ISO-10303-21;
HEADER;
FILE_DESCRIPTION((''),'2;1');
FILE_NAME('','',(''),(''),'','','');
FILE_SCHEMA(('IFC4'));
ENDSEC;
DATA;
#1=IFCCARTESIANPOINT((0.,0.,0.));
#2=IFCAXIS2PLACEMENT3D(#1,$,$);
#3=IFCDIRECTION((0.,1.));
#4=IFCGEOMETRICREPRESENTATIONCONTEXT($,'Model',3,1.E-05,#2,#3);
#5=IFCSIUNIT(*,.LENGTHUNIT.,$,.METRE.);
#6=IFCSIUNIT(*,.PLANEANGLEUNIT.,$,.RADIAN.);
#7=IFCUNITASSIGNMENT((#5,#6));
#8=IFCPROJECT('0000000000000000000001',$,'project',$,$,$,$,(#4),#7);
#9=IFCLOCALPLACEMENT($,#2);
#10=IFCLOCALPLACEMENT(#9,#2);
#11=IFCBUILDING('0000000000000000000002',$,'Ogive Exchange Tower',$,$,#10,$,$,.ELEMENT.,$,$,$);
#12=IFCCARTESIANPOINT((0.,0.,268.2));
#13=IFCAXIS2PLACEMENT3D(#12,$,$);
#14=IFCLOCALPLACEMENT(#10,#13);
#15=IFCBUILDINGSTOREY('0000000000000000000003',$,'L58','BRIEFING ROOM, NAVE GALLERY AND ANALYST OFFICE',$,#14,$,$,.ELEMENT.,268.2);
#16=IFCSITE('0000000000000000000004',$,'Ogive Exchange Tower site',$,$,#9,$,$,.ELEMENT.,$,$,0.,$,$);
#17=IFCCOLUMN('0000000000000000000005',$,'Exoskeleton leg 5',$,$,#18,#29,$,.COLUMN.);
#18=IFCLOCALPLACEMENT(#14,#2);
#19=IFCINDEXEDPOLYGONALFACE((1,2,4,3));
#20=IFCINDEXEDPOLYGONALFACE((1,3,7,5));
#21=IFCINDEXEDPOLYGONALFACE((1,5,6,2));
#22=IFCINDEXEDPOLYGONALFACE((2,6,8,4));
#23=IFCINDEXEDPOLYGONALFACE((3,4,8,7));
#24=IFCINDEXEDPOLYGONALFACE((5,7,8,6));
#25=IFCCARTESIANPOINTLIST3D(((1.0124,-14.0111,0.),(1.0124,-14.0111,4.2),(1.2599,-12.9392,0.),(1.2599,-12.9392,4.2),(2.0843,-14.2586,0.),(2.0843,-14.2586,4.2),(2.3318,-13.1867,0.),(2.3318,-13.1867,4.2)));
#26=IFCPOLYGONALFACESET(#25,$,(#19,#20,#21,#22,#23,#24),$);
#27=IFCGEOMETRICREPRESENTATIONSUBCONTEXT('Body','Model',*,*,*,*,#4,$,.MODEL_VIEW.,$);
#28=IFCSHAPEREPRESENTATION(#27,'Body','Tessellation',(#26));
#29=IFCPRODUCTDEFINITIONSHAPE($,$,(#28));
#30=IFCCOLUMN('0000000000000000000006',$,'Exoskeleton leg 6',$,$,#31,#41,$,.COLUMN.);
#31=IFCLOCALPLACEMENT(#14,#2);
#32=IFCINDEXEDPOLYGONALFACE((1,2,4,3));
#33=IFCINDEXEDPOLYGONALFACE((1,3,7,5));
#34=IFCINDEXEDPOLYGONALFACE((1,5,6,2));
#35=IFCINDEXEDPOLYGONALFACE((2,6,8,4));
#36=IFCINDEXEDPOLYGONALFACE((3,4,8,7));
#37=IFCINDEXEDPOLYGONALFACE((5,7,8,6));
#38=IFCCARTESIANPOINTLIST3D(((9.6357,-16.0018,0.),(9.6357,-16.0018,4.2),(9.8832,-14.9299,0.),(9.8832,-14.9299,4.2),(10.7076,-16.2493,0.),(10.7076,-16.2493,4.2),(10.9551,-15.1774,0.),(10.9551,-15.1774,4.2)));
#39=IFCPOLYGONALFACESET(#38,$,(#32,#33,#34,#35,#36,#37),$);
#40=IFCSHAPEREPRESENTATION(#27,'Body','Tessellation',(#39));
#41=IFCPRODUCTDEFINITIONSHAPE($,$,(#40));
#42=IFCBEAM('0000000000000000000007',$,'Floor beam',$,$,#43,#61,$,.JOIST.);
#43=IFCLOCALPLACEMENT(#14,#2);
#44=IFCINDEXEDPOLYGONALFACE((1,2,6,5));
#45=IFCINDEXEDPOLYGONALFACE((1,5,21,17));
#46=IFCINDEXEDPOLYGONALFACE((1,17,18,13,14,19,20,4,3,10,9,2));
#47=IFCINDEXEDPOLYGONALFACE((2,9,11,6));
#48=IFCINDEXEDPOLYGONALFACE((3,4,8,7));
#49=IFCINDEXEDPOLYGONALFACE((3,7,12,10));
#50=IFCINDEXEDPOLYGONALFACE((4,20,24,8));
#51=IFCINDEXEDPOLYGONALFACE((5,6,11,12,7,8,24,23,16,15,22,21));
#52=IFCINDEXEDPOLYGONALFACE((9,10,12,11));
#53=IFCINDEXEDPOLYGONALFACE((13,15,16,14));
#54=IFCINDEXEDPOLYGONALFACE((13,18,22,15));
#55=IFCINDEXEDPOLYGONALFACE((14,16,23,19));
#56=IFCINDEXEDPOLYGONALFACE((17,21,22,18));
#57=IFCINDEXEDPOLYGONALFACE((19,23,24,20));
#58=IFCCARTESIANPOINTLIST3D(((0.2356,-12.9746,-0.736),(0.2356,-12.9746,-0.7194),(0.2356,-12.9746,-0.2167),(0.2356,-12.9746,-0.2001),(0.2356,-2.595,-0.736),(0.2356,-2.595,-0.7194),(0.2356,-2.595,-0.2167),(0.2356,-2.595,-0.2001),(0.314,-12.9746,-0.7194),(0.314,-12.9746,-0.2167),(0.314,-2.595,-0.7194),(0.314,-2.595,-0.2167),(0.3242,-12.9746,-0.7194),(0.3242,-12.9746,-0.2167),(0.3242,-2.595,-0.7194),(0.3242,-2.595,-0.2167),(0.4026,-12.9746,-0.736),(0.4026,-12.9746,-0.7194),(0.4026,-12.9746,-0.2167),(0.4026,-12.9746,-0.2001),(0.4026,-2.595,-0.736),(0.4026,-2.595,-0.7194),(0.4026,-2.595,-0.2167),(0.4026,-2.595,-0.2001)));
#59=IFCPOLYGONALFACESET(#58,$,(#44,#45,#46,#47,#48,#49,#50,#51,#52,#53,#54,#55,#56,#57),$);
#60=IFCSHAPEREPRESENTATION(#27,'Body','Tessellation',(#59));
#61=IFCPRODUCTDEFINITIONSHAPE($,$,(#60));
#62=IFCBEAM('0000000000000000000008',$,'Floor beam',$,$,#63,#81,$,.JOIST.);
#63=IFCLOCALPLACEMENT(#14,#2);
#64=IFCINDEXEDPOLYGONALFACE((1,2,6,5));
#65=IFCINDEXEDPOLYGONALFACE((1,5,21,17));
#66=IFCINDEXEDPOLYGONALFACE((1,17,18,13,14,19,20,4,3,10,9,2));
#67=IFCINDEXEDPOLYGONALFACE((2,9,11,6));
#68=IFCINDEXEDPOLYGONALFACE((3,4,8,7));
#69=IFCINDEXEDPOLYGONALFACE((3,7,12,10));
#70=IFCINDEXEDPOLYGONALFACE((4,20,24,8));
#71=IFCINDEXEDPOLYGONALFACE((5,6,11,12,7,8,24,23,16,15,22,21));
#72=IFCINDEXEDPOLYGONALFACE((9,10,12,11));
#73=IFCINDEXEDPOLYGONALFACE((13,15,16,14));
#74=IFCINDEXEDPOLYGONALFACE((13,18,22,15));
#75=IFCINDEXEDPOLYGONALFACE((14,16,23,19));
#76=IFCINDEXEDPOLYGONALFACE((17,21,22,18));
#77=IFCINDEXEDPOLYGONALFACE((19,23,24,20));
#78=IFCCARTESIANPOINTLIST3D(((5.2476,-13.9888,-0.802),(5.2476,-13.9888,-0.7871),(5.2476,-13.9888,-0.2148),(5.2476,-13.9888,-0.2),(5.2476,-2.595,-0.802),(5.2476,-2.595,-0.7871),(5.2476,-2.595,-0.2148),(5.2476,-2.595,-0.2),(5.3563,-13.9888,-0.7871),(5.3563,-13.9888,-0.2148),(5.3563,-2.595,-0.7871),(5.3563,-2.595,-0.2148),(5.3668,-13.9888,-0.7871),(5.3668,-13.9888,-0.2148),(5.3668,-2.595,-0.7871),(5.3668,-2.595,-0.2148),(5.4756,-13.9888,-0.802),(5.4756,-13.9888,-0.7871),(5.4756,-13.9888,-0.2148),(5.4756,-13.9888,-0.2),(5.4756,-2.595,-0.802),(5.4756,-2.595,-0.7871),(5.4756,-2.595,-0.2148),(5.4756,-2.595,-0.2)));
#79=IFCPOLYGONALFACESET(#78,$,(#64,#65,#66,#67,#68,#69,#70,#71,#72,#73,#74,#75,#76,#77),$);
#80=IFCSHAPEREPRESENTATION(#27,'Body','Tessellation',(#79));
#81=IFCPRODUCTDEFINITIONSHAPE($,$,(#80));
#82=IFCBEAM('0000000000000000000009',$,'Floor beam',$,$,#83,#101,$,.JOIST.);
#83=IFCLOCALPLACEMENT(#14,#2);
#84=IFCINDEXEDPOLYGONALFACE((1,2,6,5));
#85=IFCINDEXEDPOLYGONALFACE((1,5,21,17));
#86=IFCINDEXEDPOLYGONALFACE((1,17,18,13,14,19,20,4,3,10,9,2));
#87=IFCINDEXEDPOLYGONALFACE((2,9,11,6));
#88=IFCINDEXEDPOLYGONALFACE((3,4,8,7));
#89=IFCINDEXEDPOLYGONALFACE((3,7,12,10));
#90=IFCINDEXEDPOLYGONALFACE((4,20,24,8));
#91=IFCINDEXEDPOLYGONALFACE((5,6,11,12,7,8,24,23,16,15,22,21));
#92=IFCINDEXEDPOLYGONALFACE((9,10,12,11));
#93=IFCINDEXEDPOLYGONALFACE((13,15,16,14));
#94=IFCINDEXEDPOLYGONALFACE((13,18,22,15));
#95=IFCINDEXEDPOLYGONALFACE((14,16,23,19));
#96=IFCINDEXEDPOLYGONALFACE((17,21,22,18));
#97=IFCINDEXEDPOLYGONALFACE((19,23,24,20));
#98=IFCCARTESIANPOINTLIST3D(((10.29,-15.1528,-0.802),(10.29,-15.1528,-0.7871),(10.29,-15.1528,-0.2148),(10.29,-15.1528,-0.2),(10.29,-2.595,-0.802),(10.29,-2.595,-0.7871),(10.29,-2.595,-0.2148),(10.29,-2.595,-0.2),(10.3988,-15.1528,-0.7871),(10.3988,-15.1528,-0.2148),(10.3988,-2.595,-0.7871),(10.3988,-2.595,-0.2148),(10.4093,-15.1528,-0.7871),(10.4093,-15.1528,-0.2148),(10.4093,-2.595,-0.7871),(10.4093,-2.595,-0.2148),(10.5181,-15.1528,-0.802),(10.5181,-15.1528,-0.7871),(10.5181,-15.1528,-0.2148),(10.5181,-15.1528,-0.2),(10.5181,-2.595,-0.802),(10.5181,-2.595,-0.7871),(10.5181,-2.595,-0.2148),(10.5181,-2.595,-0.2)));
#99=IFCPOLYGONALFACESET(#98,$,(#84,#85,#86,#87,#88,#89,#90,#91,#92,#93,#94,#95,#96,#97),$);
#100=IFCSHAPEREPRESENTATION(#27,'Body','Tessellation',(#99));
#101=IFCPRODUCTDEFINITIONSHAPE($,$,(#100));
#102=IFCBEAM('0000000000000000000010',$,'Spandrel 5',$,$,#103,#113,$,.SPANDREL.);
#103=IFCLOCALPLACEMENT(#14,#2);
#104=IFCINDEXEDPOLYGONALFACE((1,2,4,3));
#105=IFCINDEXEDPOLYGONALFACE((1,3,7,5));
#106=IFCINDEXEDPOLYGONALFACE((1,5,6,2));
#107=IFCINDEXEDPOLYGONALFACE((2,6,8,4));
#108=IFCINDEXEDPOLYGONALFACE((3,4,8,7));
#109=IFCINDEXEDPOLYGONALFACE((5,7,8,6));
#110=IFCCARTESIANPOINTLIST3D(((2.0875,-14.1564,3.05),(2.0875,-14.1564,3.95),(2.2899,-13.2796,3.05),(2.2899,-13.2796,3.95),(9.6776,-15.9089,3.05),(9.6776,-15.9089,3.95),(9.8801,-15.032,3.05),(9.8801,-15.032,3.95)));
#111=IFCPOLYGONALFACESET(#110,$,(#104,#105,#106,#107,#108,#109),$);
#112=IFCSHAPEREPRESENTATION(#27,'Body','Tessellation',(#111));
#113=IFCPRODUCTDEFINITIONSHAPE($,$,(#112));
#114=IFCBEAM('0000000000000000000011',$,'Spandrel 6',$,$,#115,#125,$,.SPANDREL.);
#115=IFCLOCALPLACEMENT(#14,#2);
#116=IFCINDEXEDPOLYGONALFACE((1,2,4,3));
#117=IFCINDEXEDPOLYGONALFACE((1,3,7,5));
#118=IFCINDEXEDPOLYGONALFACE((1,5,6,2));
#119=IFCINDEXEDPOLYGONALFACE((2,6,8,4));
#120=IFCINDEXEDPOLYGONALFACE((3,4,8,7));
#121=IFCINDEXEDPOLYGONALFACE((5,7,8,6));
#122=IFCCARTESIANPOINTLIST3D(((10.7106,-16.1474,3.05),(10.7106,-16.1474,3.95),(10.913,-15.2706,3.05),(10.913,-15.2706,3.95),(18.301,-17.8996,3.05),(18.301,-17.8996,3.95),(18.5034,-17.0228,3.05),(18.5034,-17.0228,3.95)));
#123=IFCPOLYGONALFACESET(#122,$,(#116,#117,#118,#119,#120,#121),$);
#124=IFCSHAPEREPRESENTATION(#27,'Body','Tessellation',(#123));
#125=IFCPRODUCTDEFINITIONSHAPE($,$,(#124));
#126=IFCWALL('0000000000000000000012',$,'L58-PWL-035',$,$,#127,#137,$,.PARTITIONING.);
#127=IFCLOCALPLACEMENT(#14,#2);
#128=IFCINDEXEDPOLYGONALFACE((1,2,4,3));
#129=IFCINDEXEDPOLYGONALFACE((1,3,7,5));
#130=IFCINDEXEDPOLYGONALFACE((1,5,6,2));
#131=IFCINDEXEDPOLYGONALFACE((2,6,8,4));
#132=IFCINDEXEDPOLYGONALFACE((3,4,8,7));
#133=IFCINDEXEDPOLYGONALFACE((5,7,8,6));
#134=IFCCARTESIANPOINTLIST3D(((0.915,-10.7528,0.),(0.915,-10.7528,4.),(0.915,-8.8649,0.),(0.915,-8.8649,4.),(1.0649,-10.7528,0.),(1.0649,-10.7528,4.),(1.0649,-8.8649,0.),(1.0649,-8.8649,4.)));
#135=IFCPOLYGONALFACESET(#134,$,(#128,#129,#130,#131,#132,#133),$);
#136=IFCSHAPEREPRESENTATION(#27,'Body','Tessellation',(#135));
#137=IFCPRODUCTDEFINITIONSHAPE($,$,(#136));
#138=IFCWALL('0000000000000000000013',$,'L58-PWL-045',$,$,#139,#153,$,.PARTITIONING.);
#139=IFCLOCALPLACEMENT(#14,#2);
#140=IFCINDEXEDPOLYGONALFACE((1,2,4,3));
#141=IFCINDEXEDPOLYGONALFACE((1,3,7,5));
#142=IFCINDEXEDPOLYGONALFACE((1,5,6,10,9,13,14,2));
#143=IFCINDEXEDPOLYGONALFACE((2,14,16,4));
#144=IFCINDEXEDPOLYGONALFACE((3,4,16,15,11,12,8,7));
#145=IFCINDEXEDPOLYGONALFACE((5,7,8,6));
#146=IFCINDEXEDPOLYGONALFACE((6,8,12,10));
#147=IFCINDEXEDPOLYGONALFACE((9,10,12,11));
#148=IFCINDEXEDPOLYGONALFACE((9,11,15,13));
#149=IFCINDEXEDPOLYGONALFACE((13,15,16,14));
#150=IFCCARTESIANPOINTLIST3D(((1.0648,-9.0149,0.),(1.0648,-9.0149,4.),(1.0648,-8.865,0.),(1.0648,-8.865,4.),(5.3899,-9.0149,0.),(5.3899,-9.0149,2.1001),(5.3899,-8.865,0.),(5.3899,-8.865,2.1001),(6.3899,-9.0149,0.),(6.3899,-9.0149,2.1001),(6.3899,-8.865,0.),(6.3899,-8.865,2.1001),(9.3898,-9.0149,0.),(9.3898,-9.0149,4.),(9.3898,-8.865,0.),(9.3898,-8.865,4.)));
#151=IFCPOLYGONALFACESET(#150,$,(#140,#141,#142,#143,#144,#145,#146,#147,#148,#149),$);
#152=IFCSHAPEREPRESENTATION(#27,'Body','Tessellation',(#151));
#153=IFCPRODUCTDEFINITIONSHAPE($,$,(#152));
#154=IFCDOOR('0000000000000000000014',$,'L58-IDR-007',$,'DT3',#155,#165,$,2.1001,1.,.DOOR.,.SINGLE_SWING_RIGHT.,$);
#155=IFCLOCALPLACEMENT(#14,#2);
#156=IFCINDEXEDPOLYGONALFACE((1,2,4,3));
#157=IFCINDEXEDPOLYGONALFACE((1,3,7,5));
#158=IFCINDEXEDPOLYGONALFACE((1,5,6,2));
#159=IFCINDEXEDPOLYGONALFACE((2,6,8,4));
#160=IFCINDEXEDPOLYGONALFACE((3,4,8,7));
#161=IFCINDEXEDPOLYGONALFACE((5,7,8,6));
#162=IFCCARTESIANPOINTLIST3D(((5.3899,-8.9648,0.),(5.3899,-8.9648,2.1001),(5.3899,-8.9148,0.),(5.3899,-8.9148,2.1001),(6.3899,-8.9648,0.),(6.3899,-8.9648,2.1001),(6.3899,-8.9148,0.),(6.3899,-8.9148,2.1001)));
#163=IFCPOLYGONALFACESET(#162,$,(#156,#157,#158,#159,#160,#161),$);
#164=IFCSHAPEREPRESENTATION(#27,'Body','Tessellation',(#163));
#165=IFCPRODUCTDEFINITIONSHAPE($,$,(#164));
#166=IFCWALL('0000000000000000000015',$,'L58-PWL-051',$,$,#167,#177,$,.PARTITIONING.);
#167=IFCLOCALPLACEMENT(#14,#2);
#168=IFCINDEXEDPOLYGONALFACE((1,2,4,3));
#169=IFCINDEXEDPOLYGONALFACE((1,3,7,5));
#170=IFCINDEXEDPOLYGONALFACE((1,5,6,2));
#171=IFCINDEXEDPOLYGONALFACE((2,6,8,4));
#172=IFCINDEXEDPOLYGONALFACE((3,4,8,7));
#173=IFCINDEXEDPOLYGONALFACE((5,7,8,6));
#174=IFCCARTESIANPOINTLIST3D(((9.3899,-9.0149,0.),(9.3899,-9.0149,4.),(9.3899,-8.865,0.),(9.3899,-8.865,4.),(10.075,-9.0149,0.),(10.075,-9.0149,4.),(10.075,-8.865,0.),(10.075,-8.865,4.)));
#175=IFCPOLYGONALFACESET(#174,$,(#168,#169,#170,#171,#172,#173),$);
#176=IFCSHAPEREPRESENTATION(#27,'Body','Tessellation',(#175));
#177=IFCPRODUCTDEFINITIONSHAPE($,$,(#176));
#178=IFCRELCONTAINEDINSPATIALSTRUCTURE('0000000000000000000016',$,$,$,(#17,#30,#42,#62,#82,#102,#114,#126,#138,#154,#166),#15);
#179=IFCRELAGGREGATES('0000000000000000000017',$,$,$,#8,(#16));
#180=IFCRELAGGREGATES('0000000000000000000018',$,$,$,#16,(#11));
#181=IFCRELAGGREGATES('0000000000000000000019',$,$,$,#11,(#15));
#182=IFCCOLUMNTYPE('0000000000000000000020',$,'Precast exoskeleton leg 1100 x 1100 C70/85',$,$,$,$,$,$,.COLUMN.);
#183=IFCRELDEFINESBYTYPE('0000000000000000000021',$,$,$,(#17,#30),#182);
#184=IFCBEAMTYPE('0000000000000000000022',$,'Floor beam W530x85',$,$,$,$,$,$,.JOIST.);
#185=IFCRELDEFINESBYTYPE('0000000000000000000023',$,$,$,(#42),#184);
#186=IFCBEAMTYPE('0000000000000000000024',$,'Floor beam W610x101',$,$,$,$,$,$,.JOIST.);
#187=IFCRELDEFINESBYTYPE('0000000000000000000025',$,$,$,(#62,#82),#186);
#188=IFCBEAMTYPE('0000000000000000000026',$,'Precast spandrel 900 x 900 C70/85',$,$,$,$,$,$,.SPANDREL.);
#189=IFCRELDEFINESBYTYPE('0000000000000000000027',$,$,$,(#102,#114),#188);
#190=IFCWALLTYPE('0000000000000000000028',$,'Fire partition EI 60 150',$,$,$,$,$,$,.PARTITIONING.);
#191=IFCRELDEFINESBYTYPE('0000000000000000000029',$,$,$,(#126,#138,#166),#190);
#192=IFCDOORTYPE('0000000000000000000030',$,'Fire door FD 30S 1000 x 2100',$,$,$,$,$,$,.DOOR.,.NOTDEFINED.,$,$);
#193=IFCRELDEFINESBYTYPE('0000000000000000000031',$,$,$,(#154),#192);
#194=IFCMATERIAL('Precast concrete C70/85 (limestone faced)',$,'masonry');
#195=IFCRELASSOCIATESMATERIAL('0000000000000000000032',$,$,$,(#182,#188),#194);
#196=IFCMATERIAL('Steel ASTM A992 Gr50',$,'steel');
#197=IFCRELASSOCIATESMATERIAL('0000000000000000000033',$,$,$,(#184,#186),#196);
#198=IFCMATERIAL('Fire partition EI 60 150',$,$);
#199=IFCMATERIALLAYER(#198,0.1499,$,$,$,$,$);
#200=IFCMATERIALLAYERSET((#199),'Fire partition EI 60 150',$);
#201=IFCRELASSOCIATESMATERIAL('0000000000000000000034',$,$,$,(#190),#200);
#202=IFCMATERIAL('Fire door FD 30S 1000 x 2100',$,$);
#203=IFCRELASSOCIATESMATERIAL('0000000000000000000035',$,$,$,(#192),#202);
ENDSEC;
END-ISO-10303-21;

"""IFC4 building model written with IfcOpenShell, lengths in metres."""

from ifc_helpers import new_model, si_unit, direction, frame, frame_2d, origin, origin_2d, place, context, subcontext, project, spatial, rectangle, i_section, extrude, material, layer, layer_set, material_profile, profile_set, type_object, element, fill, save


model = new_model("IFC4")

# Units and contexts
model_context = context("Model", 3, precision=1e-05, world=origin(), true_north=direction((0.0, 1.0)))
body_context = subcontext(model_context, "Body", "Model", "MODEL_VIEW")
ifc_project = project(units=[si_unit("LENGTHUNIT", "METRE"), si_unit("PLANEANGLEUNIT", "RADIAN")], contexts=[model_context])

# Site, building, storey
site_placement = place(None, origin())
site = spatial("IfcSite", under=ifc_project, at=site_placement, Name="Ogive Exchange Tower site", CompositionType="ELEMENT", RefElevation=0.0)
building_placement = place(site_placement, origin())
building = spatial("IfcBuilding", under=site, at=building_placement, Name="Ogive Exchange Tower", CompositionType="ELEMENT")
storey_placement = place(building_placement, frame((0.0, 0.0, 268.2)))
storey = spatial("IfcBuildingStorey", under=building, at=storey_placement, Name="L58", Description="BRIEFING ROOM, NAVE GALLERY AND ANALYST OFFICE", CompositionType="ELEMENT", Elevation=268.2)

# Columns
ifc_material_1 = material(Name="Precast concrete C70/85 (limestone faced)", Category="masonry")
ifc_material_profile_1 = material_profile(ifc_material_1, rectangle(XDim=1.1001, YDim=1.1001, at=origin_2d()), Name="1100 x 1100")
ifc_profile_set_1 = profile_set([ifc_material_profile_1], Name="Precast concrete C70/85 (limestone faced)")
column_type = type_object("IfcColumnType", Name="Precast exoskeleton leg 1100 x 1100 C70/85", PredefinedType="COLUMN", material=ifc_profile_set_1)
for number, where, z_axis, x_axis, name in (
    (1, (1.6721, -13.5989, 0.0), (0.0, 0.0, 1.0), (0.97437, -0.224951, 0.0), "Exoskeleton leg 5"),
    (2, (10.2954, -15.5896, 0.0), (0.0, 0.0, 1.0), (0.97437, -0.224951, 0.0), "Exoskeleton leg 6"),
):
    element("IfcColumn", number, at=place(storey_placement, frame(where, z_axis=z_axis, x_axis=x_axis)), inside=storey, type_object=column_type, Name=name, PredefinedType="COLUMN", context=body_context, shape_type="SweptSolid", body=[
        extrude(rectangle(XDim=1.1001, YDim=1.1001, at=origin_2d()), origin(), (0.0, 0.0, 1.0), 4.2),
    ])

# Beams
ifc_material_2 = material(Name="Steel ASTM A992 Gr50", Category="steel")
ifc_material_profile_2 = material_profile(ifc_material_2, i_section(OverallWidth=0.167, OverallDepth=0.5359, WebThickness=0.0103, FlangeThickness=0.0166, at=origin_2d()), Name="W530x85")
ifc_profile_set_2 = profile_set([ifc_material_profile_2], Name="Steel ASTM A992 Gr50")
beam_type_1 = type_object("IfcBeamType", Name="Floor beam W530x85", PredefinedType="JOIST", material=ifc_profile_set_2)
beam_1_placement = place(storey_placement, frame((0.3191, -12.9746, -0.468), z_axis=(0.0, 1.0, 0.0), x_axis=(-1.0, 0.0, 0.0)))
element("IfcBeam", 3, at=beam_1_placement, inside=storey, type_object=beam_type_1, Name="Floor beam", PredefinedType="JOIST", context=body_context, shape_type="SweptSolid", body=[
    extrude(i_section(OverallWidth=0.167, OverallDepth=0.5359, WebThickness=0.0103, FlangeThickness=0.0166, at=origin_2d()), origin(), (0.0, 0.0, 1.0), 10.3796),
])
ifc_material_profile_3 = material_profile(ifc_material_2, i_section(OverallWidth=0.228, OverallDepth=0.6021, WebThickness=0.0105, FlangeThickness=0.0149, at=origin_2d()), Name="W610x101")
ifc_profile_set_3 = profile_set([ifc_material_profile_3], Name="Steel ASTM A992 Gr50")
beam_type_2 = type_object("IfcBeamType", Name="Floor beam W610x101", PredefinedType="JOIST", material=ifc_profile_set_3)
beam_2_placement = place(storey_placement, frame((5.3616, -13.9888, -0.501), z_axis=(0.0, 1.0, 0.0), x_axis=(-1.0, 0.0, 0.0)))
element("IfcBeam", 4, at=beam_2_placement, inside=storey, type_object=beam_type_2, Name="Floor beam", PredefinedType="JOIST", context=body_context, shape_type="SweptSolid", body=[
    extrude(i_section(OverallWidth=0.228, OverallDepth=0.6021, WebThickness=0.0105, FlangeThickness=0.0149, at=origin_2d()), origin(), (0.0, 0.0, 1.0), 11.3938),
])
beam_3_placement = place(storey_placement, frame((10.4041, -15.1528, -0.501), z_axis=(0.0, 1.0, 0.0), x_axis=(-1.0, 0.0, 0.0)))
element("IfcBeam", 5, at=beam_3_placement, inside=storey, type_object=beam_type_2, Name="Floor beam", PredefinedType="JOIST", context=body_context, shape_type="SweptSolid", body=[
    extrude(i_section(OverallWidth=0.228, OverallDepth=0.6021, WebThickness=0.0105, FlangeThickness=0.0149, at=origin_2d()), origin(), (0.0, 0.0, 1.0), 12.5579),
])
ifc_material_profile_4 = material_profile(ifc_material_1, rectangle(XDim=0.8999, YDim=0.8999, at=origin_2d()), Name="900 x 900")
ifc_profile_set_4 = profile_set([ifc_material_profile_4], Name="Precast concrete C70/85 (limestone faced)")
beam_type_3 = type_object("IfcBeamType", Name="Precast spandrel 900 x 900 C70/85", PredefinedType="SPANDREL", material=ifc_profile_set_4)
beam_4_placement = place(storey_placement, frame((2.1887, -13.718, 3.5), z_axis=(0.974366, -0.224967, 0.0), x_axis=(0.224967, 0.974366, 0.0)))
element("IfcBeam", 6, at=beam_4_placement, inside=storey, type_object=beam_type_3, Name="Spandrel 5", PredefinedType="SPANDREL", context=body_context, shape_type="SweptSolid", body=[
    extrude(rectangle(XDim=0.8999, YDim=0.8999, at=origin_2d()), origin(), (0.0, 0.0, 1.0), 7.7898),
])
beam_5_placement = place(storey_placement, frame((10.8118, -15.709, 3.5), z_axis=(0.974375, -0.22493, 0.0), x_axis=(0.22493, 0.974375, 0.0)))
element("IfcBeam", 7, at=beam_5_placement, inside=storey, type_object=beam_type_3, Name="Spandrel 6", PredefinedType="SPANDREL", context=body_context, shape_type="SweptSolid", body=[
    extrude(rectangle(XDim=0.8999, YDim=0.8999, at=origin_2d()), origin(), (0.0, 0.0, 1.0), 7.79),
])

# Wall
ifc_material_3 = material(Name="Fire partition EI 60 150")
ifc_layer_1 = layer(ifc_material_3, 0.1499)
ifc_layer_set_1 = layer_set([ifc_layer_1], Name="Fire partition EI 60 150")
wall_type_1 = type_object("IfcWallType", Name="Fire partition EI 60 150", PredefinedType="PARTITIONING", material=ifc_layer_set_1)
wall_1_placement = place(storey_placement, frame((0.99, -8.865, 0.0), z_axis=(0.0, 0.0, 1.0), x_axis=(0.0, -1.0, 0.0)))
element("IfcWall", 8, at=wall_1_placement, inside=storey, type_object=wall_type_1, Name="L58-PWL-035", PredefinedType="PARTITIONING", context=body_context, shape_type="SweptSolid", body=[
    extrude(rectangle(XDim=1.8879, YDim=0.1499, at=frame_2d((0.9438, 0.0))), origin(), (0.0, 0.0, 1.0), 4.0),
])

# Wall, opening, door
wall_2_placement = place(storey_placement, frame((9.3899, -8.9399, 0.0), z_axis=(0.0, 0.0, 1.0), x_axis=(-1.0, 0.0, 0.0)))
wall_2 = element("IfcWall", 9, at=wall_2_placement, inside=storey, type_object=wall_type_1, Name="L58-PWL-045", PredefinedType="PARTITIONING", context=body_context, shape_type="SweptSolid", body=[
    extrude(rectangle(XDim=8.325, YDim=0.1499, at=frame_2d((4.1626, 0.0))), origin(), (0.0, 0.0, 1.0), 4.0),
])
opening_1_placement = place(wall_2_placement, frame((3.0, 0.0, 0.0)))
opening_1 = element("IfcOpeningElement", 10, at=opening_1_placement, cuts=wall_2, PredefinedType="OPENING", context=body_context, shape_type="SweptSolid", body=[
    extrude(rectangle(XDim=1.0, YDim=2.1001, at=frame_2d((0.5, 1.05))), frame((0.0, 0.085, 0.0), z_axis=(0.0, -1.0, 0.0), x_axis=(1.0, 0.0, 0.0)), (0.0, 0.0, 1.0), 0.1699),
])
ifc_material_4 = material(Name="Fire door FD 30S 1000 x 2100")
door_type_1 = type_object("IfcDoorType", Name="Fire door FD 30S 1000 x 2100", OperationType="NOTDEFINED", PredefinedType="DOOR", material=ifc_material_4)
door_1_placement = place(opening_1_placement, origin())
door_1 = element("IfcDoor", 11, at=door_1_placement, inside=storey, type_object=door_type_1, Name="L58-IDR-007", ObjectType="DT3", OperationType="SINGLE_SWING_RIGHT", OverallHeight=2.1001, OverallWidth=1.0, PredefinedType="DOOR", context=body_context, shape_type="SweptSolid", body=[
    extrude(rectangle(XDim=1.0, YDim=2.1001, at=frame_2d((0.5, 1.05))), frame((0.0, 0.0249, 0.0), z_axis=(0.0, -1.0, 0.0), x_axis=(1.0, 0.0, 0.0)), (0.0, 0.0, 1.0), 0.05),
])
fill(opening_1, door_1)

# Wall
wall_3_placement = place(storey_placement, frame((10.075, -8.9399, 0.0), z_axis=(0.0, 0.0, 1.0), x_axis=(-1.0, 0.0, 0.0)))
element("IfcWall", 12, at=wall_3_placement, inside=storey, type_object=wall_type_1, Name="L58-PWL-051", PredefinedType="PARTITIONING", context=body_context, shape_type="SweptSolid", body=[
    extrude(rectangle(XDim=0.6851, YDim=0.1499, at=frame_2d((0.3425, 0.0))), origin(), (0.0, 0.0, 1.0), 4.0),
])

save(model, "model.ifc")
